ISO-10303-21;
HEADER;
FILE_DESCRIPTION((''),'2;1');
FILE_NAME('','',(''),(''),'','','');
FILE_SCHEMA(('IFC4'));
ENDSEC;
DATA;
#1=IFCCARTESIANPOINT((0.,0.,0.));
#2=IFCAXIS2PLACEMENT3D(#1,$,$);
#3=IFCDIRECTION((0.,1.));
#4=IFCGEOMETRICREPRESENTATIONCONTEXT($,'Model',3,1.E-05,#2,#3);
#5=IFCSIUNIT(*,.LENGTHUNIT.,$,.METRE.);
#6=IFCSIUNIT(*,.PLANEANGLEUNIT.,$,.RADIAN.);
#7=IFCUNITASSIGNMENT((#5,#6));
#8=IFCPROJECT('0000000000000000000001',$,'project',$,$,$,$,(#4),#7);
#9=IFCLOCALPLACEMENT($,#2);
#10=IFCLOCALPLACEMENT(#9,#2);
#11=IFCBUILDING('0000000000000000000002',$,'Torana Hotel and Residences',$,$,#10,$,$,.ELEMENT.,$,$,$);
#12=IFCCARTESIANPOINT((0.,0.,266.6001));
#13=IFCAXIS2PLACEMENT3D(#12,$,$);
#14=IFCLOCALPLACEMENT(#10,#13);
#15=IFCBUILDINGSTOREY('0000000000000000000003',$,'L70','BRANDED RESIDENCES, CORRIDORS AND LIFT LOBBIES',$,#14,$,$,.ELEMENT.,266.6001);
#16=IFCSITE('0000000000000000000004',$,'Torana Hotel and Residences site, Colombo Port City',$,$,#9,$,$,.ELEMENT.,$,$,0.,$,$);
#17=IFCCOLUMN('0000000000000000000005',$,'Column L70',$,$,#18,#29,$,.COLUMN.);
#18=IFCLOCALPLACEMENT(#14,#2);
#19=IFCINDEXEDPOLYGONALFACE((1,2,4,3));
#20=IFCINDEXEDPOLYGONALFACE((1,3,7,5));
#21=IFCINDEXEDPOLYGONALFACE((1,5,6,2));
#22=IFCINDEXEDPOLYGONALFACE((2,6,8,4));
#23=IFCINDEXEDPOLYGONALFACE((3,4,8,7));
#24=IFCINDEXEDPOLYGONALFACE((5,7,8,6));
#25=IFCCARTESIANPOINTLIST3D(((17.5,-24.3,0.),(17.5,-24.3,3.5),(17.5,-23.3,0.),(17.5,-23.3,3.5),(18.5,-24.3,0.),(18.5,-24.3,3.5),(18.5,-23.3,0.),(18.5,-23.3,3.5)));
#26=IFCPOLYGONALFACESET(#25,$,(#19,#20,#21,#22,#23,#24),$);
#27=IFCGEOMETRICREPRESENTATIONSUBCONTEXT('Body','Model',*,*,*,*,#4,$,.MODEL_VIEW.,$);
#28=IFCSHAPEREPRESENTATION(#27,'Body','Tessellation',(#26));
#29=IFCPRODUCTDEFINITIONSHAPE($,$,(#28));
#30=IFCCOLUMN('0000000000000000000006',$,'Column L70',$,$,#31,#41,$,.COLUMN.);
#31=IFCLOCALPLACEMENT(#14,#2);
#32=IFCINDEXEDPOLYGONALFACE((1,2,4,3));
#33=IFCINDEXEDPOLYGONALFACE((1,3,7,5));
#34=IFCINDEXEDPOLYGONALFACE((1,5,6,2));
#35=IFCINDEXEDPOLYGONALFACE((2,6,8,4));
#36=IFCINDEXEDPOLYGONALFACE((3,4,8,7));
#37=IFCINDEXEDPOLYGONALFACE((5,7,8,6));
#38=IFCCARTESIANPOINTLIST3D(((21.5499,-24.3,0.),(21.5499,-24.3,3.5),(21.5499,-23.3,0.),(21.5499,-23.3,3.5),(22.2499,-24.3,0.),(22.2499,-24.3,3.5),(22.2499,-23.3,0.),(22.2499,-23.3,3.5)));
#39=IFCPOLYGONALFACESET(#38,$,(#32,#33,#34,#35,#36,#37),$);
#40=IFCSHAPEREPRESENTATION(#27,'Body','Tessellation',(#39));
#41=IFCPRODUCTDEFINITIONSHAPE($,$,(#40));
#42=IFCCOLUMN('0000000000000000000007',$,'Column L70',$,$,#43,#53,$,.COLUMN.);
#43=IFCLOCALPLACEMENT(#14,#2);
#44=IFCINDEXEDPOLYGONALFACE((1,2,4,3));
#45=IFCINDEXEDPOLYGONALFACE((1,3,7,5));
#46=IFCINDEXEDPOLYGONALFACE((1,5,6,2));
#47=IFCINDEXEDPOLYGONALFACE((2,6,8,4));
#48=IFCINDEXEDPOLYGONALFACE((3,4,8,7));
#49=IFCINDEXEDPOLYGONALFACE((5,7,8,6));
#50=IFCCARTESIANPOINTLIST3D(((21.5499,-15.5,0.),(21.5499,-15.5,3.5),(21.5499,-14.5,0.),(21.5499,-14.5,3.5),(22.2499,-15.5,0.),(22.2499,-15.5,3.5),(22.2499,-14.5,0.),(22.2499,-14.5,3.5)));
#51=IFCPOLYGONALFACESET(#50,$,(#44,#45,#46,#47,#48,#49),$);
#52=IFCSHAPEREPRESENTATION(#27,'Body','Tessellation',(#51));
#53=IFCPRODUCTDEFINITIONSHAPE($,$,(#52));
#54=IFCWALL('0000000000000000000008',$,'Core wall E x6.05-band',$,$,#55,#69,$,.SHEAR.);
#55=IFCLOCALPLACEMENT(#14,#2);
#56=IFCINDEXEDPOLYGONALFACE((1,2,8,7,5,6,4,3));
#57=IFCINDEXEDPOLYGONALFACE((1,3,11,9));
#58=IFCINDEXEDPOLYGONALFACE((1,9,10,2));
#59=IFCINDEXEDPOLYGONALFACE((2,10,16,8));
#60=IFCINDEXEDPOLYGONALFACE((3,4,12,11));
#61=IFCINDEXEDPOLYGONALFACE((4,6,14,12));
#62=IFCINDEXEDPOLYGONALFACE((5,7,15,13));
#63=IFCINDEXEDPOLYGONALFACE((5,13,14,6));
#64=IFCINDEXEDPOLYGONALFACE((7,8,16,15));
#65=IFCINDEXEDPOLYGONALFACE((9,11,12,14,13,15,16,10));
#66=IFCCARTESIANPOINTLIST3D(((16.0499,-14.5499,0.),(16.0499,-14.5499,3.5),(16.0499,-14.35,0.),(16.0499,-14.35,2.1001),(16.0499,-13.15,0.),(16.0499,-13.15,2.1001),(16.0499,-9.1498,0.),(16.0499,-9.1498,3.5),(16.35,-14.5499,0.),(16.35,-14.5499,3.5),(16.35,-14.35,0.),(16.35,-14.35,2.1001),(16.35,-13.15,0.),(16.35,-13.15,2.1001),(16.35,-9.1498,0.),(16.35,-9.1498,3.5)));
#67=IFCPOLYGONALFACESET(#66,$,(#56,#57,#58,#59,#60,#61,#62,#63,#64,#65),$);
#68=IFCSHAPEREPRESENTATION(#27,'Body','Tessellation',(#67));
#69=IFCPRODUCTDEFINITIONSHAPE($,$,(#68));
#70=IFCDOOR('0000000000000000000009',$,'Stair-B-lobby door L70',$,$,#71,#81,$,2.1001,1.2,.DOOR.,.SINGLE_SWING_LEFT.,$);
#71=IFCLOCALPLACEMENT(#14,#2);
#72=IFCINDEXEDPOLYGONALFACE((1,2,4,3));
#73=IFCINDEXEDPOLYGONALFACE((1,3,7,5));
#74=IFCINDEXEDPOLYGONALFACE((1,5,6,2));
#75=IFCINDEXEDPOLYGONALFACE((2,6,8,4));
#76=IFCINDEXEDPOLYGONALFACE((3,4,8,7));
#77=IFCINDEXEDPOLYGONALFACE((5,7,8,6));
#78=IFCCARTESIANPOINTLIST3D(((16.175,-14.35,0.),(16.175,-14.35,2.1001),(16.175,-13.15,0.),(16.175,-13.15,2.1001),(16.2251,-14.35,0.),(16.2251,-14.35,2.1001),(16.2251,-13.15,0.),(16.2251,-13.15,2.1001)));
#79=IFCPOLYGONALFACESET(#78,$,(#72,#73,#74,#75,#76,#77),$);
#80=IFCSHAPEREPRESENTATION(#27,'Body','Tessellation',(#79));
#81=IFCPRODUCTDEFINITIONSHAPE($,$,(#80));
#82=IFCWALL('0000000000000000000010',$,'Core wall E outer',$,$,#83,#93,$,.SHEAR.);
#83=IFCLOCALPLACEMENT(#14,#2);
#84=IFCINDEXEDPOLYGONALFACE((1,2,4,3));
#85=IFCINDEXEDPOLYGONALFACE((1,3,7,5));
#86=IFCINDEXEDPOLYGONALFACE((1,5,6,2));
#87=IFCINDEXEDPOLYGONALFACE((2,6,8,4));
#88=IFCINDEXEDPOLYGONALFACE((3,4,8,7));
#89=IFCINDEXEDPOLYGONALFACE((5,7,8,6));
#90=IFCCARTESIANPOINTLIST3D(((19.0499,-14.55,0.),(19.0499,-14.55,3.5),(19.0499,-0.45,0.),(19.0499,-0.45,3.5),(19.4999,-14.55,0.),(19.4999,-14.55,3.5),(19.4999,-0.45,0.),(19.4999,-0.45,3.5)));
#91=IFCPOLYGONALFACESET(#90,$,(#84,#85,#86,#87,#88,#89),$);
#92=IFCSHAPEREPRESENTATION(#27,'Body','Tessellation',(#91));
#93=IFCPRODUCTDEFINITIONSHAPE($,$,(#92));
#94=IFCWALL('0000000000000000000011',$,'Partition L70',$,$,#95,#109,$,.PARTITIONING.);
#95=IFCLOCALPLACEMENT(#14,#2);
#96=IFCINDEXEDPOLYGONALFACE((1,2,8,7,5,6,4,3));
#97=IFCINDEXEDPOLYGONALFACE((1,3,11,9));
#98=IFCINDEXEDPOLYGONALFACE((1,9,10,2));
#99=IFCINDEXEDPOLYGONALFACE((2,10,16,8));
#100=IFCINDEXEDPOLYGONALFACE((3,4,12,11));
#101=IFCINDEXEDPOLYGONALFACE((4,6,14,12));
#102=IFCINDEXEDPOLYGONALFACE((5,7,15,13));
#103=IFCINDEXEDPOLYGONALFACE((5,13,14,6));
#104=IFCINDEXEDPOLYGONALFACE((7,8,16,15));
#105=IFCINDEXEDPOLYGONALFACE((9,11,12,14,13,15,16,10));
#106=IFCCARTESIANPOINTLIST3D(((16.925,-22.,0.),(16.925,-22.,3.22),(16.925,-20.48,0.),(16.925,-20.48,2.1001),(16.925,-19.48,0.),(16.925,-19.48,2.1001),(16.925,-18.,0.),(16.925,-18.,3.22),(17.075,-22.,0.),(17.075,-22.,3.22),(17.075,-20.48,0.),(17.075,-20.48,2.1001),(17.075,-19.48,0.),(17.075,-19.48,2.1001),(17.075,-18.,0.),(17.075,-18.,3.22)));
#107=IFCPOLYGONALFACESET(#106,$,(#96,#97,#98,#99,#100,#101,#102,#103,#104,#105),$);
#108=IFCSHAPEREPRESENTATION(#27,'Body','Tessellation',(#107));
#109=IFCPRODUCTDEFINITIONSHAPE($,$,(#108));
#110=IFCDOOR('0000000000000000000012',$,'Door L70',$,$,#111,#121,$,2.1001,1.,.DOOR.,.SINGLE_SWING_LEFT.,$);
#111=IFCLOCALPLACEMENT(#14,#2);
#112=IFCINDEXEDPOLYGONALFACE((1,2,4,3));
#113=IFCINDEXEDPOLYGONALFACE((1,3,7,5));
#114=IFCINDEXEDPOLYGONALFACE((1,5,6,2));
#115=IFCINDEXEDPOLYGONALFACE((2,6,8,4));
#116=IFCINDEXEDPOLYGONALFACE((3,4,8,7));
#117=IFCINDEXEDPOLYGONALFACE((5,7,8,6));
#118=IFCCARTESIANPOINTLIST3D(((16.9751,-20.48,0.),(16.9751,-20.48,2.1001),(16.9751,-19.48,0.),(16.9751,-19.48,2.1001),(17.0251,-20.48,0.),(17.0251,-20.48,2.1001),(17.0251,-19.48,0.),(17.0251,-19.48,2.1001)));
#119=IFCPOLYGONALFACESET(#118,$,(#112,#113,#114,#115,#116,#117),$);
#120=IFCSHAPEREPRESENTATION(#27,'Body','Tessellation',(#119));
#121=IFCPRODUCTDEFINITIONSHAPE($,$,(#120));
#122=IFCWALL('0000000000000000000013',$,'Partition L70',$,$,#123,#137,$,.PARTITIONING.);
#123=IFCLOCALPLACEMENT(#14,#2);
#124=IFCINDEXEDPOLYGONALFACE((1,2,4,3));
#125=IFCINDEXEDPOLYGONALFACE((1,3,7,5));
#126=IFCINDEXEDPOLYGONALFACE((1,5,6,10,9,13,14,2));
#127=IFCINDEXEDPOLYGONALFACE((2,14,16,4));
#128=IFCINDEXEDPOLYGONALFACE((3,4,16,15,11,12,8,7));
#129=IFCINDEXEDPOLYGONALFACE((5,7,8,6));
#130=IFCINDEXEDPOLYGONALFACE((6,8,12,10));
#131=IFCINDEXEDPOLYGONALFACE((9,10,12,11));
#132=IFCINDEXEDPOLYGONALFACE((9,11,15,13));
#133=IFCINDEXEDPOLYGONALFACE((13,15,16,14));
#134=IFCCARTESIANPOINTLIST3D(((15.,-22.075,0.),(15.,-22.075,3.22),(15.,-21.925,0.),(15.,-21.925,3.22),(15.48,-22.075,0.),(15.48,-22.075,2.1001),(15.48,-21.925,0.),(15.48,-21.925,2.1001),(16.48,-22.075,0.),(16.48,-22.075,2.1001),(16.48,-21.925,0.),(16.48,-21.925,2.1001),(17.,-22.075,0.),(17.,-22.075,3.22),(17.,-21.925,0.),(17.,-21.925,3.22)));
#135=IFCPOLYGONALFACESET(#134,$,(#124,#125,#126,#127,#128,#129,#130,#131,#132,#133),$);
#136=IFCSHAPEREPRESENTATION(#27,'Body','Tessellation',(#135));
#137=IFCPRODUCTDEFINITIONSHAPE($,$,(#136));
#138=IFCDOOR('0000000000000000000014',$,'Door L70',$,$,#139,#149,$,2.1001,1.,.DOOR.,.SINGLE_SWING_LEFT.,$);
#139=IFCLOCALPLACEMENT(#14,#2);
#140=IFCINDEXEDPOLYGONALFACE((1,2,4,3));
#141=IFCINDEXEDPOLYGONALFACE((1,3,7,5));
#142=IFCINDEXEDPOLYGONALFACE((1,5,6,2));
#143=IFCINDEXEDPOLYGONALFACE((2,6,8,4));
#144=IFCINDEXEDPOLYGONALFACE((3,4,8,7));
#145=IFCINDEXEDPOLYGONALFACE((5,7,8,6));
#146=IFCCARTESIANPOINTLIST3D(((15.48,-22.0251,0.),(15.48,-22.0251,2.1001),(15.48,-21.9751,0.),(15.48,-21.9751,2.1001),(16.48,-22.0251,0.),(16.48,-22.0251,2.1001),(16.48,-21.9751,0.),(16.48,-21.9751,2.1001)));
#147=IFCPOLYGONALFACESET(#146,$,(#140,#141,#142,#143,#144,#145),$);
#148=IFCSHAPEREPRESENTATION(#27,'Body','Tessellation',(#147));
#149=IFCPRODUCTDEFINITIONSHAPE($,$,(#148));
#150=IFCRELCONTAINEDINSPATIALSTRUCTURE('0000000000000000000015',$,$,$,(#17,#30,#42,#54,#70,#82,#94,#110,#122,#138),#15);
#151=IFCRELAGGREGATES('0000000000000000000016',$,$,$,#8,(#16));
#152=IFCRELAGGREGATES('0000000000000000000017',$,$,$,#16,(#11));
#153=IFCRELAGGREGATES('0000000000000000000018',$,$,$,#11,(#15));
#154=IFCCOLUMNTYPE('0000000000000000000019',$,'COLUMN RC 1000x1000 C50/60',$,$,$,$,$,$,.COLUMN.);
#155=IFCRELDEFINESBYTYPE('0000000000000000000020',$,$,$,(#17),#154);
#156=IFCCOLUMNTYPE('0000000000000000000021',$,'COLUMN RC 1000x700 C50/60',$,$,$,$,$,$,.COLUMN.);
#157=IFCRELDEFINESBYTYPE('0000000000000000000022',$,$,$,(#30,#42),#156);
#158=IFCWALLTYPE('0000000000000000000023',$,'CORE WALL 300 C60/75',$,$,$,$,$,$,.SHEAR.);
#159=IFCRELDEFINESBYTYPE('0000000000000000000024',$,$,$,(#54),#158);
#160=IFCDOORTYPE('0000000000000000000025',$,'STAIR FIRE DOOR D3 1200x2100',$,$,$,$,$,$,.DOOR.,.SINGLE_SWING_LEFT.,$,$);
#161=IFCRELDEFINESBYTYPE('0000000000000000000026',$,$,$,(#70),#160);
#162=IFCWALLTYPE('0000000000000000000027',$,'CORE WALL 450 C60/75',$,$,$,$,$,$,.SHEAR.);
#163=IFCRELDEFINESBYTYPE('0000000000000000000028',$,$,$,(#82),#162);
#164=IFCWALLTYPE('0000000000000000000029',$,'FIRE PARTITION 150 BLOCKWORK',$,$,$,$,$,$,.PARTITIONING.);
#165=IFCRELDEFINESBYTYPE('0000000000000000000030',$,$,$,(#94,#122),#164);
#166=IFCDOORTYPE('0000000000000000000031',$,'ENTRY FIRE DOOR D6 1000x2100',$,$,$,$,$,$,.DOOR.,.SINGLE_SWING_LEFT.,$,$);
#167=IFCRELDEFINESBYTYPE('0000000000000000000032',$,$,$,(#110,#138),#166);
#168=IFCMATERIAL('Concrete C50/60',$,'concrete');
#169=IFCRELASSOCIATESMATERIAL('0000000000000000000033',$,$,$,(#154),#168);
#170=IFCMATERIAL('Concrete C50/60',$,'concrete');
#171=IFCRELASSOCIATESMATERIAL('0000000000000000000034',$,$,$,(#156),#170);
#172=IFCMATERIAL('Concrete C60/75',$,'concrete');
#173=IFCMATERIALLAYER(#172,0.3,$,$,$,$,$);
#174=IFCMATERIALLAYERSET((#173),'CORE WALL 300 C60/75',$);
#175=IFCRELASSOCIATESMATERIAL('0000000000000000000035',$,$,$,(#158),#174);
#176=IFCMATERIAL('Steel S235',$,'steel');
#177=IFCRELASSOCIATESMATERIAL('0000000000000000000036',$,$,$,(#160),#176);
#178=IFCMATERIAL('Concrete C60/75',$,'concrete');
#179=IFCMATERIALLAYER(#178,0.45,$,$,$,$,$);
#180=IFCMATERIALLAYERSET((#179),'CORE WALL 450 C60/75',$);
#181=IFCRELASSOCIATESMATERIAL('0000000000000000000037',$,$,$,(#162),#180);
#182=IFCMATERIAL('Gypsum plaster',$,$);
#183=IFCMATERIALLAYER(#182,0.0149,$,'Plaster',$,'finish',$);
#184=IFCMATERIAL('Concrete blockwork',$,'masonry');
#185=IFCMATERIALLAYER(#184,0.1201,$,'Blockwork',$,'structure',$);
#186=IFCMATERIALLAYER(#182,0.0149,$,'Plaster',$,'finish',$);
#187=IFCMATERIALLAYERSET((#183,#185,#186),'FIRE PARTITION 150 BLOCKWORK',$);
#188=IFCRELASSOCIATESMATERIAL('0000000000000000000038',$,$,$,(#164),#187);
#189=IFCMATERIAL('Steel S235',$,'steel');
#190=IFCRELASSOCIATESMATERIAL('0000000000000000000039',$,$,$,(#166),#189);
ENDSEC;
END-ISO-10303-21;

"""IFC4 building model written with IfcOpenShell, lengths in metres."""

from ifc_helpers import new_model, si_unit, direction, frame, frame_2d, origin, origin_2d, place, context, subcontext, project, spatial, rectangle, extrude, material, layer, layer_set, material_profile, profile_set, type_object, element, fill, save


model = new_model("IFC4")

# Units and contexts
model_context = context("Model", 3, precision=1e-05, world=origin(), true_north=direction((0.0, 1.0)))
body_context = subcontext(model_context, "Body", "Model", "MODEL_VIEW")
ifc_project = project(units=[si_unit("LENGTHUNIT", "METRE"), si_unit("PLANEANGLEUNIT", "RADIAN")], contexts=[model_context])

# Site, building, storey
site_placement = place(None, origin())
site = spatial("IfcSite", under=ifc_project, at=site_placement, Name="Torana Hotel and Residences site, Colombo Port City", CompositionType="ELEMENT", RefElevation=0.0)
building_placement = place(site_placement, origin())
building = spatial("IfcBuilding", under=site, at=building_placement, Name="Torana Hotel and Residences", CompositionType="ELEMENT")
storey_placement = place(building_placement, frame((0.0, 0.0, 266.6001)))
storey = spatial("IfcBuildingStorey", under=building, at=storey_placement, Name="L70", Description="BRANDED RESIDENCES, CORRIDORS AND LIFT LOBBIES", CompositionType="ELEMENT", Elevation=266.6001)

# Columns
ifc_material_1 = material(Name="Concrete C50/60", Category="concrete")
ifc_material_profile_1 = material_profile(ifc_material_1, rectangle(XDim=1.0, YDim=1.0, at=origin_2d()), Name="RC 1000x1000")
ifc_profile_set_1 = profile_set([ifc_material_profile_1], Name="Concrete C50/60")
column_type_1 = type_object("IfcColumnType", Name="COLUMN RC 1000x1000 C50/60", PredefinedType="COLUMN", material=ifc_profile_set_1)
column_placement = place(storey_placement, frame((18.0, -23.8, 0.0), z_axis=(0.0, 0.0, 1.0), x_axis=(1.0, 0.0, 0.0)))
element("IfcColumn", 1, at=column_placement, inside=storey, type_object=column_type_1, Name="Column L70", PredefinedType="COLUMN", context=body_context, shape_type="SweptSolid", body=[
    extrude(rectangle(XDim=1.0, YDim=1.0, at=origin_2d()), origin(), (0.0, 0.0, 1.0), 3.5),
])
ifc_material_2 = material(Name="Concrete C50/60", Category="concrete")
ifc_material_profile_2 = material_profile(ifc_material_2, rectangle(XDim=1.0, YDim=0.7, at=origin_2d()), Name="RC 1000x700")
ifc_profile_set_2 = profile_set([ifc_material_profile_2], Name="Concrete C50/60")
column_type_2 = type_object("IfcColumnType", Name="COLUMN RC 1000x700 C50/60", PredefinedType="COLUMN", material=ifc_profile_set_2)
for number, where, z_axis, x_axis, name in (
    (2, (21.8999, -23.8, 0.0), (0.0, 0.0, 1.0), (0.0, 1.0, 0.0), "Column L70"),
    (3, (21.8999, -15.0, 0.0), (0.0, 0.0, 1.0), (0.0, 1.0, 0.0), "Column L70"),
):
    element("IfcColumn", number, at=place(storey_placement, frame(where, z_axis=z_axis, x_axis=x_axis)), inside=storey, type_object=column_type_2, Name=name, PredefinedType="COLUMN", context=body_context, shape_type="SweptSolid", body=[
        extrude(rectangle(XDim=1.0, YDim=0.7, at=origin_2d()), origin(), (0.0, 0.0, 1.0), 3.5),
    ])

# Wall, opening, door
ifc_material_3 = material(Name="Concrete C60/75", Category="concrete")
ifc_layer_1 = layer(ifc_material_3, 0.3)
ifc_layer_set_1 = layer_set([ifc_layer_1], Name="CORE WALL 300 C60/75")
wall_type_1 = type_object("IfcWallType", Name="CORE WALL 300 C60/75", PredefinedType="SHEAR", material=ifc_layer_set_1)
wall_1_placement = place(storey_placement, frame((16.2, -14.55, 0.0), z_axis=(0.0, 0.0, 1.0), x_axis=(0.0, 1.0, 0.0)))
wall_1 = element("IfcWall", 4, at=wall_1_placement, inside=storey, type_object=wall_type_1, Name="Core wall E x6.05-band", PredefinedType="SHEAR", context=body_context, shape_type="SweptSolid", body=[
    extrude(rectangle(XDim=5.4001, YDim=0.3, at=frame_2d((2.7002, 0.0))), origin(), (0.0, 0.0, 1.0), 3.5),
])
opening_1_placement = place(wall_1_placement, frame((0.2, 0.0, 0.0)))
opening_1 = element("IfcOpeningElement", 5, at=opening_1_placement, cuts=wall_1, PredefinedType="OPENING", context=body_context, shape_type="SweptSolid", body=[
    extrude(rectangle(XDim=1.2, YDim=2.1001, at=frame_2d((0.6001, 1.05))), frame((0.0, 0.1599, 0.0), z_axis=(0.0, -1.0, 0.0), x_axis=(1.0, 0.0, 0.0)), (0.0, 0.0, 1.0), 0.3201),
])
ifc_material_4 = material(Name="Steel S235", Category="steel")
door_type_1 = type_object("IfcDoorType", Name="STAIR FIRE DOOR D3 1200x2100", OperationType="SINGLE_SWING_LEFT", PredefinedType="DOOR", material=ifc_material_4)
door_1_placement = place(opening_1_placement, frame((0.6001, 0.0, 0.0), z_axis=(0.0, 0.0, 1.0), x_axis=(-1.0, 0.0, 0.0)))
door_1 = element("IfcDoor", 6, at=door_1_placement, inside=storey, type_object=door_type_1, Name="Stair-B-lobby door L70", OperationType="SINGLE_SWING_LEFT", OverallHeight=2.1001, OverallWidth=1.2, PredefinedType="DOOR", context=body_context, shape_type="SweptSolid", body=[
    extrude(rectangle(XDim=1.2, YDim=2.1001, at=frame_2d((0.0, 1.05))), frame((0.0, -0.0249, 0.0), z_axis=(0.0, 1.0, 0.0), x_axis=(-1.0, 0.0, 0.0)), (0.0, 0.0, 1.0), 0.05),
])
fill(opening_1, door_1)

# Wall
ifc_material_5 = material(Name="Concrete C60/75", Category="concrete")
ifc_layer_2 = layer(ifc_material_5, 0.45)
ifc_layer_set_2 = layer_set([ifc_layer_2], Name="CORE WALL 450 C60/75")
wall_type_2 = type_object("IfcWallType", Name="CORE WALL 450 C60/75", PredefinedType="SHEAR", material=ifc_layer_set_2)
wall_2_placement = place(storey_placement, frame((19.2749, -14.55, 0.0), z_axis=(0.0, 0.0, 1.0), x_axis=(0.0, 1.0, 0.0)))
element("IfcWall", 7, at=wall_2_placement, inside=storey, type_object=wall_type_2, Name="Core wall E outer", PredefinedType="SHEAR", context=body_context, shape_type="SweptSolid", body=[
    extrude(rectangle(XDim=14.1001, YDim=0.45, at=frame_2d((7.05, 0.0))), origin(), (0.0, 0.0, 1.0), 3.5),
])

# Walls, openings, doors
ifc_material_6 = material(Name="Gypsum plaster")
ifc_layer_3 = layer(ifc_material_6, 0.0149, Name="Plaster", Category="finish")
ifc_material_7 = material(Name="Concrete blockwork", Category="masonry")
ifc_layer_4 = layer(ifc_material_7, 0.1201, Name="Blockwork", Category="structure")
ifc_layer_5 = layer(ifc_material_6, 0.0149, Name="Plaster", Category="finish")
ifc_layer_set_3 = layer_set([ifc_layer_3, ifc_layer_4, ifc_layer_5], Name="FIRE PARTITION 150 BLOCKWORK")
wall_type_3 = type_object("IfcWallType", Name="FIRE PARTITION 150 BLOCKWORK", PredefinedType="PARTITIONING", material=ifc_layer_set_3)
wall_3_placement = place(storey_placement, frame((17.0, -22.0, 0.0), z_axis=(0.0, 0.0, 1.0), x_axis=(0.0, 1.0, 0.0)))
wall_3 = element("IfcWall", 8, at=wall_3_placement, inside=storey, type_object=wall_type_3, Name="Partition L70", PredefinedType="PARTITIONING", context=body_context, shape_type="SweptSolid", body=[
    extrude(rectangle(XDim=4.0, YDim=0.1499, at=frame_2d((2.0, 0.0))), origin(), (0.0, 0.0, 1.0), 3.22),
])
opening_2_placement = place(wall_3_placement, frame((1.52, 0.0, 0.0)))
opening_2 = element("IfcOpeningElement", 9, at=opening_2_placement, cuts=wall_3, PredefinedType="OPENING", context=body_context, shape_type="SweptSolid", body=[
    extrude(rectangle(XDim=1.0, YDim=2.1001, at=frame_2d((0.5, 1.05))), frame((0.0, 0.085, 0.0), z_axis=(0.0, -1.0, 0.0), x_axis=(1.0, 0.0, 0.0)), (0.0, 0.0, 1.0), 0.1699),
])
ifc_material_8 = material(Name="Steel S235", Category="steel")
door_type_2 = type_object("IfcDoorType", Name="ENTRY FIRE DOOR D6 1000x2100", OperationType="SINGLE_SWING_LEFT", PredefinedType="DOOR", material=ifc_material_8)
door_2_placement = place(opening_2_placement, frame((0.5, 0.0, 0.0), z_axis=(0.0, 0.0, 1.0), x_axis=(-1.0, 0.0, 0.0)))
door_2 = element("IfcDoor", 10, at=door_2_placement, inside=storey, type_object=door_type_2, Name="Door L70", OperationType="SINGLE_SWING_LEFT", OverallHeight=2.1001, OverallWidth=1.0, PredefinedType="DOOR", context=body_context, shape_type="SweptSolid", body=[
    extrude(rectangle(XDim=1.0, YDim=2.1001, at=frame_2d((0.0, 1.05))), frame((0.0, -0.0249, 0.0), z_axis=(0.0, 1.0, 0.0), x_axis=(-1.0, 0.0, 0.0)), (0.0, 0.0, 1.0), 0.05),
])
fill(opening_2, door_2)
wall_4_placement = place(storey_placement, frame((15.0, -22.0, 0.0), z_axis=(0.0, 0.0, 1.0), x_axis=(1.0, 0.0, 0.0)))
wall_4 = element("IfcWall", 11, at=wall_4_placement, inside=storey, type_object=wall_type_3, Name="Partition L70", PredefinedType="PARTITIONING", context=body_context, shape_type="SweptSolid", body=[
    extrude(rectangle(XDim=2.0, YDim=0.1499, at=frame_2d((1.0, 0.0))), origin(), (0.0, 0.0, 1.0), 3.22),
])
opening_3_placement = place(wall_4_placement, frame((0.48, 0.0, 0.0)))
opening_3 = element("IfcOpeningElement", 12, at=opening_3_placement, cuts=wall_4, PredefinedType="OPENING", context=body_context, shape_type="SweptSolid", body=[
    extrude(rectangle(XDim=1.0, YDim=2.1001, at=frame_2d((0.5, 1.05))), frame((0.0, 0.085, 0.0), z_axis=(0.0, -1.0, 0.0), x_axis=(1.0, 0.0, 0.0)), (0.0, 0.0, 1.0), 0.1699),
])
door_3_placement = place(opening_3_placement, frame((0.5, 0.0, 0.0), z_axis=(0.0, 0.0, 1.0), x_axis=(-1.0, 0.0, 0.0)))
door_3 = element("IfcDoor", 13, at=door_3_placement, inside=storey, type_object=door_type_2, Name="Door L70", OperationType="SINGLE_SWING_LEFT", OverallHeight=2.1001, OverallWidth=1.0, PredefinedType="DOOR", context=body_context, shape_type="SweptSolid", body=[
    extrude(rectangle(XDim=1.0, YDim=2.1001, at=frame_2d((0.0, 1.05))), frame((0.0, -0.0249, 0.0), z_axis=(0.0, 1.0, 0.0), x_axis=(-1.0, 0.0, 0.0)), (0.0, 0.0, 1.0), 0.05),
])
fill(opening_3, door_3)

save(model, "model.ifc")
